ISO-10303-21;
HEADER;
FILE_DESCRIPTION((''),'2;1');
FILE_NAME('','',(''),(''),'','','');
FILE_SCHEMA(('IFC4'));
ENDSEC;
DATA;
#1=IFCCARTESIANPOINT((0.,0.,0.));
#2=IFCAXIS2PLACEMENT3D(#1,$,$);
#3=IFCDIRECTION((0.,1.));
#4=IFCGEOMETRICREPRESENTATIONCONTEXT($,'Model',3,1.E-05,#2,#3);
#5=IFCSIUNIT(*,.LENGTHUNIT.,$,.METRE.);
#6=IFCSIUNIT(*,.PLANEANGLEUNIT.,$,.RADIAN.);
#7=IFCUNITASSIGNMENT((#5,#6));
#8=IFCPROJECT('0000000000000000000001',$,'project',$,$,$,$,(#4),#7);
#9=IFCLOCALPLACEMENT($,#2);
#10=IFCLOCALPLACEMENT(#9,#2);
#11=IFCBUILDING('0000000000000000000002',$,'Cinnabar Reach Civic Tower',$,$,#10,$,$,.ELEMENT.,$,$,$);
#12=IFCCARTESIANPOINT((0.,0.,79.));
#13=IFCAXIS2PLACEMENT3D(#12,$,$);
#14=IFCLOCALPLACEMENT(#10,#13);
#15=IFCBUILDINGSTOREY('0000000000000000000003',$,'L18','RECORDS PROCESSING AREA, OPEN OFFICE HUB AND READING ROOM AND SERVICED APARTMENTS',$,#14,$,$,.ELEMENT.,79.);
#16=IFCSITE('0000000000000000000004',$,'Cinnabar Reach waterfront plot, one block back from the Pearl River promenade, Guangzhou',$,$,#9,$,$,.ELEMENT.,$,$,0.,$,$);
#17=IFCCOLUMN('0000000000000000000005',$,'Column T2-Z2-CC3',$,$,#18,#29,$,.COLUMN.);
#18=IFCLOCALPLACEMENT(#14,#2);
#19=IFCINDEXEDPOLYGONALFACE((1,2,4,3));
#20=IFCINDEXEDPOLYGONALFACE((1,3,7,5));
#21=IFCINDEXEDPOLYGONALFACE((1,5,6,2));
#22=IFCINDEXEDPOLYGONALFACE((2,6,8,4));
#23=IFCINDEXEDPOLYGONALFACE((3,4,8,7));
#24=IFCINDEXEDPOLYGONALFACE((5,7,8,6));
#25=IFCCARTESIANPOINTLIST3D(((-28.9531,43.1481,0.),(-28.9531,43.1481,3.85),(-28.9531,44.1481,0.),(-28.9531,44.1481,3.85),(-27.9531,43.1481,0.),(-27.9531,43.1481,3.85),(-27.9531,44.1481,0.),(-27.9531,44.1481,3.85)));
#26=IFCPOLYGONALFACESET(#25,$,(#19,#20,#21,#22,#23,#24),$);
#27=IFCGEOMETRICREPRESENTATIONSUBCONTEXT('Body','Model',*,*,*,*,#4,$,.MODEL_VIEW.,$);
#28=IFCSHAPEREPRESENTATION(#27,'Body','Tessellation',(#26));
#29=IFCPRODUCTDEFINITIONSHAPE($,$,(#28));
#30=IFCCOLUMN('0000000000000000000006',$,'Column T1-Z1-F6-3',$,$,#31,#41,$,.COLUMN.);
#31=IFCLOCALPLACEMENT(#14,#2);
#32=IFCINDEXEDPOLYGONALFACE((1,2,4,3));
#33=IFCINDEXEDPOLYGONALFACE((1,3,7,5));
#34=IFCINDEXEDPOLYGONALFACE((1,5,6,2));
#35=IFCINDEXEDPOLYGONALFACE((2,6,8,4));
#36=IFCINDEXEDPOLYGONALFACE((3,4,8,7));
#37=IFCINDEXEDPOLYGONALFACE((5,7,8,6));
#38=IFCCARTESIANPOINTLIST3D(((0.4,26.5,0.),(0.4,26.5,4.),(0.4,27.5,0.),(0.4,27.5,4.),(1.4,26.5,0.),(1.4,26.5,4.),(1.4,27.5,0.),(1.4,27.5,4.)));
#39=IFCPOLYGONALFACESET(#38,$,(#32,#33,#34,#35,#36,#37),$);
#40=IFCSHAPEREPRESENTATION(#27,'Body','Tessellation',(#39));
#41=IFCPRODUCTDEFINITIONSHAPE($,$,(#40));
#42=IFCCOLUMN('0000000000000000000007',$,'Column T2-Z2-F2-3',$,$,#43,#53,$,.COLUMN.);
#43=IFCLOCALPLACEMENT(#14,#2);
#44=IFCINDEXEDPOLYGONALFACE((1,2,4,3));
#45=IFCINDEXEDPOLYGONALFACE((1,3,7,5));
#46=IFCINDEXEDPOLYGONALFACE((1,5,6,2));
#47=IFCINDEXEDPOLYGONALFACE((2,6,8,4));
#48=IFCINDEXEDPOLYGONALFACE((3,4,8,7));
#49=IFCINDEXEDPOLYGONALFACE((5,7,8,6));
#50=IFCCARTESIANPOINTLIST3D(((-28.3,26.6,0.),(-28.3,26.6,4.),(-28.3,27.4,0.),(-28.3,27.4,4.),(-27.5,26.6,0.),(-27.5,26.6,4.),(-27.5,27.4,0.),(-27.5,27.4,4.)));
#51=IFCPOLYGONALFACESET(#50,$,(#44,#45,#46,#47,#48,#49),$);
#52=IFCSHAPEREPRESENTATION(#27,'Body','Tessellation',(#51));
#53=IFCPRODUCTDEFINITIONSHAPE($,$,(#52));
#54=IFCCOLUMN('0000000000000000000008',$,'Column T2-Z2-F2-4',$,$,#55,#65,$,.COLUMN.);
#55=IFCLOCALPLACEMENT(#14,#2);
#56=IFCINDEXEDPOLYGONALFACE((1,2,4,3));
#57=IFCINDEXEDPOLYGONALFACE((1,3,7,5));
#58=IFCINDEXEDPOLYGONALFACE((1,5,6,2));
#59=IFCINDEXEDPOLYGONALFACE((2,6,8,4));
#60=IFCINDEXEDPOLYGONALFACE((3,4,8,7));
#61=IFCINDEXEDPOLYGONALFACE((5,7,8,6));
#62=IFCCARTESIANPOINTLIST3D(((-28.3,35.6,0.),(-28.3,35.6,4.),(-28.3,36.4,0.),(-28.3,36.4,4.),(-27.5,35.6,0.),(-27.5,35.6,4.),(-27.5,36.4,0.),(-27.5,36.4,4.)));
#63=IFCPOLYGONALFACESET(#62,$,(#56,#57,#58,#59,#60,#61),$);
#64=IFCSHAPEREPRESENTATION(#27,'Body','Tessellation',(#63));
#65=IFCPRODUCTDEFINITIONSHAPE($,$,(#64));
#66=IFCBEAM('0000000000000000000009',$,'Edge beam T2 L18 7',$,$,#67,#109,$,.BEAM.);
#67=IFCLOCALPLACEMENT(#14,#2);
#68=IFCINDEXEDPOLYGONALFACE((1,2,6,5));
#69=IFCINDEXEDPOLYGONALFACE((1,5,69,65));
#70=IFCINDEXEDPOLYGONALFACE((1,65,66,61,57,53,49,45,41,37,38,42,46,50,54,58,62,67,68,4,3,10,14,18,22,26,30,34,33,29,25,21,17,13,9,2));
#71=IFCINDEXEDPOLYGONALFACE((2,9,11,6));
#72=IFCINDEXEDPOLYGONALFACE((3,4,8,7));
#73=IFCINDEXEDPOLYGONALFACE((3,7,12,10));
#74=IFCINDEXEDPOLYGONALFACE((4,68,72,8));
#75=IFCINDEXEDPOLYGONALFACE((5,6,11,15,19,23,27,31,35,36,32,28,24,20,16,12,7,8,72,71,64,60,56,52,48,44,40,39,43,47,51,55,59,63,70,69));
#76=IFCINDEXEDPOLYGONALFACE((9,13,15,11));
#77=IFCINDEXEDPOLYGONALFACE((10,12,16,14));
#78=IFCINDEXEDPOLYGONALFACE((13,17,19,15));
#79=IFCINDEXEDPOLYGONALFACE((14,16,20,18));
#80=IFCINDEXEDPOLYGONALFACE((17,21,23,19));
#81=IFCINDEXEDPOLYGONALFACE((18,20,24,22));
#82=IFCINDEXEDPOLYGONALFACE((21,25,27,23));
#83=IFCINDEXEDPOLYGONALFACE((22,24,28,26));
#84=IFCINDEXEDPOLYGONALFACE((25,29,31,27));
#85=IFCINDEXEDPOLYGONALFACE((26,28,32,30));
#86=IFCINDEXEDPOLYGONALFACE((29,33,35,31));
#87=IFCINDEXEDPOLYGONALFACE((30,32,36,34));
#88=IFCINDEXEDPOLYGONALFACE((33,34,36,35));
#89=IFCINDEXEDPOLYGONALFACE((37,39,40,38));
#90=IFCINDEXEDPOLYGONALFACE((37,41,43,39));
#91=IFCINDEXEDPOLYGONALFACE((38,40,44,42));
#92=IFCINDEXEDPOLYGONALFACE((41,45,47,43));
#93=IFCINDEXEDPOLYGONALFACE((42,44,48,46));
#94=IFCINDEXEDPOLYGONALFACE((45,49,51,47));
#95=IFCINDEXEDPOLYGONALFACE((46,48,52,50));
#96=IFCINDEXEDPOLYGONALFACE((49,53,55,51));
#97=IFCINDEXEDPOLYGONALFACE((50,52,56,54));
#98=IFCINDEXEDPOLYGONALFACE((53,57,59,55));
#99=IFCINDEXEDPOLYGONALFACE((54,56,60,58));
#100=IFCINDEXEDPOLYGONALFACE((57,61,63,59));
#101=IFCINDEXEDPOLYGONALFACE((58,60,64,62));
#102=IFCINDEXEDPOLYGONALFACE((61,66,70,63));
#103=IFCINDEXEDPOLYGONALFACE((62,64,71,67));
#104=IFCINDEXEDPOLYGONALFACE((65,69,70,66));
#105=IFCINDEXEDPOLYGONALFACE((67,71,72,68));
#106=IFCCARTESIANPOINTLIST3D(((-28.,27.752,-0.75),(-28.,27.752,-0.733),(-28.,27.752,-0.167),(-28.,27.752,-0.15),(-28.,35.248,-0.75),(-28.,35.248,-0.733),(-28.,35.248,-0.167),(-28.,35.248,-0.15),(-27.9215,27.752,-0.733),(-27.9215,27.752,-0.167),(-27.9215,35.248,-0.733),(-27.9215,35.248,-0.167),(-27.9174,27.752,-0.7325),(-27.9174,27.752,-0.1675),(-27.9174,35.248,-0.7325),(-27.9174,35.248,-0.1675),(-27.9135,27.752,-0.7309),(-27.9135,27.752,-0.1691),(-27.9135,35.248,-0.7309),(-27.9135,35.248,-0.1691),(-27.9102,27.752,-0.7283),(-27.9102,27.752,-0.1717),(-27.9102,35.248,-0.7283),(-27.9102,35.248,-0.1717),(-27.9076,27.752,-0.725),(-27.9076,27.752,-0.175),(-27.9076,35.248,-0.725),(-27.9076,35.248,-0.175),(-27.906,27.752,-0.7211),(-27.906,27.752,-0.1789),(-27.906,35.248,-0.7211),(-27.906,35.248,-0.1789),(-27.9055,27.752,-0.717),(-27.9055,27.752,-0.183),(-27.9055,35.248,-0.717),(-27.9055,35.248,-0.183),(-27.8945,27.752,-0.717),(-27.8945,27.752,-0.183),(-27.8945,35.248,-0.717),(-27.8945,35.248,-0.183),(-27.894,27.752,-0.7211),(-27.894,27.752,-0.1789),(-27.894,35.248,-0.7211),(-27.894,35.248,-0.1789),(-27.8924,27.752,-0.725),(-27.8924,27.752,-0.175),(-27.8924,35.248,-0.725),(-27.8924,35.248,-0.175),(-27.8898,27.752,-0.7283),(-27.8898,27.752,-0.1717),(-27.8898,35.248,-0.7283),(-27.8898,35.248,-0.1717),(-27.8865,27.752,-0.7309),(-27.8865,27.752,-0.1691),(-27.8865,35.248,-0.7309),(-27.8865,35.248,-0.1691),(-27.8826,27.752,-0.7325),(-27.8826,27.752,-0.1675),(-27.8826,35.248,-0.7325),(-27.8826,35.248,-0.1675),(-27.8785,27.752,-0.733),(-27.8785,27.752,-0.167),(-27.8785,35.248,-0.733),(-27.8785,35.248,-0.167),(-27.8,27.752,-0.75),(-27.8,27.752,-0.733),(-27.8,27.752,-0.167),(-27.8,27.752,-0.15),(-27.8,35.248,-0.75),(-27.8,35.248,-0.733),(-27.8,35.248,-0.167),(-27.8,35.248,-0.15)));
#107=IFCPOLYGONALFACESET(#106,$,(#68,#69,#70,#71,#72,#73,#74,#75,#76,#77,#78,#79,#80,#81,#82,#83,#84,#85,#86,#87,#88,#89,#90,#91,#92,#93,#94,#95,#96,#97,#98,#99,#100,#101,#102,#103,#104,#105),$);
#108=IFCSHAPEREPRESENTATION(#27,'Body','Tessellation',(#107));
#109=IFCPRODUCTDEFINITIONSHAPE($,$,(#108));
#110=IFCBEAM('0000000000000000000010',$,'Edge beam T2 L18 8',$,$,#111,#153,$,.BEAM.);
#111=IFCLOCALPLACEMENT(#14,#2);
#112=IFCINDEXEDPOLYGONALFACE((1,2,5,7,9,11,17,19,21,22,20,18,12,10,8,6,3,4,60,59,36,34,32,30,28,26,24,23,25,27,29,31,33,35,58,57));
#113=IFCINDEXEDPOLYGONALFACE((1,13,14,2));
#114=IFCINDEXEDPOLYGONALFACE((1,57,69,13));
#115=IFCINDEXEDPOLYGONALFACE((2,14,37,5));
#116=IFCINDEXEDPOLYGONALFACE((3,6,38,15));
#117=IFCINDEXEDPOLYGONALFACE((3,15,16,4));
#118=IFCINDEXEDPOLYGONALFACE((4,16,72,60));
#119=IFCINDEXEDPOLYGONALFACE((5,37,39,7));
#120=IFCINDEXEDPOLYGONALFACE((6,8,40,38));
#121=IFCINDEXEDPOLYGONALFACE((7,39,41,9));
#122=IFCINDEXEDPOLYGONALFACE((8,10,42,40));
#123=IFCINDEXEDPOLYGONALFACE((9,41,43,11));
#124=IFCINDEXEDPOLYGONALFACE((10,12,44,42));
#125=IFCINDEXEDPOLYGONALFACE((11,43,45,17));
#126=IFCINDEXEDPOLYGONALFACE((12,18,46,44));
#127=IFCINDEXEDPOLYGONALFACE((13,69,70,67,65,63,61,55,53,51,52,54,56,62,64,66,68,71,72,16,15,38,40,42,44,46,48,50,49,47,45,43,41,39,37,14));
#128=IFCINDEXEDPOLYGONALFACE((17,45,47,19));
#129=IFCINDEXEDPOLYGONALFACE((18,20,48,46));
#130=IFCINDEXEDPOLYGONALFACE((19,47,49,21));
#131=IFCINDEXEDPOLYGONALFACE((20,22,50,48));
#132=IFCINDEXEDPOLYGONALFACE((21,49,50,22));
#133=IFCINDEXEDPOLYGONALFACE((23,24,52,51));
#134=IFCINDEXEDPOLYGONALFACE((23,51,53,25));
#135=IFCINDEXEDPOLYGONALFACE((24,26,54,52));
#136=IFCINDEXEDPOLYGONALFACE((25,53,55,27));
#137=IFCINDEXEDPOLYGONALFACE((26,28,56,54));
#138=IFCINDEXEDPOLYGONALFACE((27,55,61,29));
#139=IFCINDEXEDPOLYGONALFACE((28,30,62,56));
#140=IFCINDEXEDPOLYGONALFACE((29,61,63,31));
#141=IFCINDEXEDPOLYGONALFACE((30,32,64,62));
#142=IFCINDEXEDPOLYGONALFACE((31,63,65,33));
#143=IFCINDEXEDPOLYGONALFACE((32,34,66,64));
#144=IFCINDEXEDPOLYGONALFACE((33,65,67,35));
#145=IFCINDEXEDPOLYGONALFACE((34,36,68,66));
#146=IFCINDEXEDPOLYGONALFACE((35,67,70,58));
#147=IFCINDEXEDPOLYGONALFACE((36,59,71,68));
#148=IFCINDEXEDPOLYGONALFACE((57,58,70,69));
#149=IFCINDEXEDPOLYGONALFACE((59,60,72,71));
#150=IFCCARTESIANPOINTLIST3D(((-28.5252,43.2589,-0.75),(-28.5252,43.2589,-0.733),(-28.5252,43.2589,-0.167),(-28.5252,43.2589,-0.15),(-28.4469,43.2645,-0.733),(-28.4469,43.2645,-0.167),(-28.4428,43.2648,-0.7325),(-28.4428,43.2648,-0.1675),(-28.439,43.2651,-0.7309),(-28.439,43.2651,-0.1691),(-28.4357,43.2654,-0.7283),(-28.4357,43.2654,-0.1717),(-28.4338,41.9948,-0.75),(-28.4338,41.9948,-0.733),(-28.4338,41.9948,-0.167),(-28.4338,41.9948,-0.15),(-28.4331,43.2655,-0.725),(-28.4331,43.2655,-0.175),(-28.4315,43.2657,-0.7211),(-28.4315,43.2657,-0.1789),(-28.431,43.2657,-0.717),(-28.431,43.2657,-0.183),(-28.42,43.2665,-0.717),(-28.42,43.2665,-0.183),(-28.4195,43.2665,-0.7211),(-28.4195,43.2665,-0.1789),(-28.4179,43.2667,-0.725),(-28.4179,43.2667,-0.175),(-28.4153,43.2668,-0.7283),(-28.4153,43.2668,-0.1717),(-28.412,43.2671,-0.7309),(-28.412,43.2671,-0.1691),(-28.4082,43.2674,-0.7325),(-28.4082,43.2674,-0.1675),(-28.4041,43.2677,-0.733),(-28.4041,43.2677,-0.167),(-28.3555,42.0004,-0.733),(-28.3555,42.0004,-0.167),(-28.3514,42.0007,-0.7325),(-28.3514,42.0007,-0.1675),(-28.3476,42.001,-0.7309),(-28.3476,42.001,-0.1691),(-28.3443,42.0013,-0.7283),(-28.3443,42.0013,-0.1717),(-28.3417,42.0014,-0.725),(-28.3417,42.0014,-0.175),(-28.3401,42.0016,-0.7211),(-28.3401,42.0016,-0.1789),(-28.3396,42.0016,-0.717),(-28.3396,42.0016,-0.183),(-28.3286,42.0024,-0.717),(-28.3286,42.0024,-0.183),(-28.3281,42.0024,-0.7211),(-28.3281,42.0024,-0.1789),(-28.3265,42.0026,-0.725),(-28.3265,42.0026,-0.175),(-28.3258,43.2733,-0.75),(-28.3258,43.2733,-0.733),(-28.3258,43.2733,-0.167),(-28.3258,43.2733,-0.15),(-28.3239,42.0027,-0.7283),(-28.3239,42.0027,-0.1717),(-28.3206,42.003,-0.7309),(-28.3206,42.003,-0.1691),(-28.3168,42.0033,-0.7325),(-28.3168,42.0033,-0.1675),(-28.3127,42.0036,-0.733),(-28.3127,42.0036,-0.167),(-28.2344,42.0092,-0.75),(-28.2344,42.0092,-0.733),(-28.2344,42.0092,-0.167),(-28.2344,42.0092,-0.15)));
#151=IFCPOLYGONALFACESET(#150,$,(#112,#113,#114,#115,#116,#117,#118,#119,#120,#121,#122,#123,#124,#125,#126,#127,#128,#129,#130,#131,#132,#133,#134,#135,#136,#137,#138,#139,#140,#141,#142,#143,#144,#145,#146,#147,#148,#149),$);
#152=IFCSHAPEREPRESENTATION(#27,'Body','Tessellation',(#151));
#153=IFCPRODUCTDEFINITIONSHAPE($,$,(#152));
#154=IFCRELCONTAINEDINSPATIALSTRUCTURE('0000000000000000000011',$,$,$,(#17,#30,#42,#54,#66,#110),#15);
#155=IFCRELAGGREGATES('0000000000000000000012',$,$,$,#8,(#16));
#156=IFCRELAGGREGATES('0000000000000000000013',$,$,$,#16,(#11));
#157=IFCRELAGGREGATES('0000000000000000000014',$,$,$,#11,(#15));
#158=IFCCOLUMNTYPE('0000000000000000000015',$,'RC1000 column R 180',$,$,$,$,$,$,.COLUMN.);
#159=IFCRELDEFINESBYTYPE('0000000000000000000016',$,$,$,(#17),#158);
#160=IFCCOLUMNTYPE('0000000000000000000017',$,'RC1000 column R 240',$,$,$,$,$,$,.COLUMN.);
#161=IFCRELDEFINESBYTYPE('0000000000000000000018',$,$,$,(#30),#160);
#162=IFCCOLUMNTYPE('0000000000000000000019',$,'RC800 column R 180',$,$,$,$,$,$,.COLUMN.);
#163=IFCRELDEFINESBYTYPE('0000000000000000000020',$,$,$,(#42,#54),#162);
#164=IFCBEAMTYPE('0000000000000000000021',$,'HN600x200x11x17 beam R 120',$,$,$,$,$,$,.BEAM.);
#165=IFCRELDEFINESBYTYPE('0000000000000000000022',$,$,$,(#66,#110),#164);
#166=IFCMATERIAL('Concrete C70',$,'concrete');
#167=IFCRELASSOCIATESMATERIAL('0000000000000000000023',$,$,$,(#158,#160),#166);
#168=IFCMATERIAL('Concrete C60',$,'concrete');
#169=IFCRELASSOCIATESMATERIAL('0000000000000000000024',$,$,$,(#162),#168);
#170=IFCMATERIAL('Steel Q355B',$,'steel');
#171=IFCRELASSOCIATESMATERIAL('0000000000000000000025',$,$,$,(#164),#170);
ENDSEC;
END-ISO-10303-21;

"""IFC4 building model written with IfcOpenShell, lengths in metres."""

from ifc_helpers import new_model, si_unit, direction, frame, origin, origin_2d, place, context, subcontext, project, spatial, rectangle, i_section, extrude, material, material_profile, profile_set, type_object, element, save


model = new_model("IFC4")

# Units and contexts
model_context = context("Model", 3, precision=1e-05, world=origin(), true_north=direction((0.0, 1.0)))
body_context = subcontext(model_context, "Body", "Model", "MODEL_VIEW")
ifc_project = project(units=[si_unit("LENGTHUNIT", "METRE"), si_unit("PLANEANGLEUNIT", "RADIAN")], contexts=[model_context])

# Site, building, storey
site_placement = place(None, origin())
site = spatial("IfcSite", under=ifc_project, at=site_placement, Name="Cinnabar Reach waterfront plot, one block back from the Pearl River promenade, Guangzhou", CompositionType="ELEMENT", RefElevation=0.0)
building_placement = place(site_placement, origin())
building = spatial("IfcBuilding", under=site, at=building_placement, Name="Cinnabar Reach Civic Tower", CompositionType="ELEMENT")
storey_placement = place(building_placement, frame((0.0, 0.0, 79.0)))
storey = spatial("IfcBuildingStorey", under=building, at=storey_placement, Name="L18", Description="RECORDS PROCESSING AREA, OPEN OFFICE HUB AND READING ROOM AND SERVICED APARTMENTS", CompositionType="ELEMENT", Elevation=79.0)

# Columns
ifc_material_1 = material(Name="Concrete C70", Category="concrete")
ifc_material_profile_1 = material_profile(ifc_material_1, rectangle(XDim=1.0, YDim=1.0, at=origin_2d()), Name="RC1000")
ifc_profile_set_1 = profile_set([ifc_material_profile_1], Name="Concrete C70")
column_type_1 = type_object("IfcColumnType", Name="RC1000 column R 180", PredefinedType="COLUMN", material=ifc_profile_set_1)
column_1_placement = place(storey_placement, frame((-28.4531, 43.6481, 0.0), z_axis=(0.0, 0.0, 1.0), x_axis=(1.0, 0.0, 0.0)))
element("IfcColumn", 1, at=column_1_placement, inside=storey, type_object=column_type_1, Name="Column T2-Z2-CC3", PredefinedType="COLUMN", context=body_context, shape_type="SweptSolid", body=[
    extrude(rectangle(XDim=1.0, YDim=1.0, at=origin_2d()), origin(), (0.0, 0.0, 1.0), 3.85),
])
ifc_material_profile_2 = material_profile(ifc_material_1, rectangle(XDim=1.0, YDim=1.0, at=origin_2d()), Name="RC1000")
ifc_profile_set_2 = profile_set([ifc_material_profile_2], Name="Concrete C70")
column_type_2 = type_object("IfcColumnType", Name="RC1000 column R 240", PredefinedType="COLUMN", material=ifc_profile_set_2)
column_2_placement = place(storey_placement, frame((0.9, 27.0, 0.0), z_axis=(0.0, 0.0, 1.0), x_axis=(1.0, 0.0, 0.0)))
element("IfcColumn", 2, at=column_2_placement, inside=storey, type_object=column_type_2, Name="Column T1-Z1-F6-3", PredefinedType="COLUMN", context=body_context, shape_type="SweptSolid", body=[
    extrude(rectangle(XDim=1.0, YDim=1.0, at=origin_2d()), origin(), (0.0, 0.0, 1.0), 4.0),
])
ifc_material_2 = material(Name="Concrete C60", Category="concrete")
ifc_material_profile_3 = material_profile(ifc_material_2, rectangle(XDim=0.8, YDim=0.8, at=origin_2d()), Name="RC800")
ifc_profile_set_3 = profile_set([ifc_material_profile_3], Name="Concrete C60")
column_type_3 = type_object("IfcColumnType", Name="RC800 column R 180", PredefinedType="COLUMN", material=ifc_profile_set_3)
for number, where, z_axis, x_axis, name in (
    (3, (-27.9, 27.0, 0.0), (0.0, 0.0, 1.0), (1.0, 0.0, 0.0), "Column T2-Z2-F2-3"),
    (4, (-27.9, 36.0, 0.0), (0.0, 0.0, 1.0), (1.0, 0.0, 0.0), "Column T2-Z2-F2-4"),
):
    element("IfcColumn", number, at=place(storey_placement, frame(where, z_axis=z_axis, x_axis=x_axis)), inside=storey, type_object=column_type_3, Name=name, PredefinedType="COLUMN", context=body_context, shape_type="SweptSolid", body=[
        extrude(rectangle(XDim=0.8, YDim=0.8, at=origin_2d()), origin(), (0.0, 0.0, 1.0), 4.0),
    ])

# Beams
ifc_material_3 = material(Name="Steel Q355B", Category="steel")
ifc_material_profile_4 = material_profile(ifc_material_3, i_section(OverallWidth=0.2, OverallDepth=0.6, WebThickness=0.011, FlangeThickness=0.017, FilletRadius=0.016, at=origin_2d()), Name="HN600x200x11x17")
ifc_profile_set_4 = profile_set([ifc_material_profile_4], Name="Steel Q355B")
beam_type = type_object("IfcBeamType", Name="HN600x200x11x17 beam R 120", PredefinedType="BEAM", material=ifc_profile_set_4)
beam_1_placement = place(storey_placement, frame((-27.9, 27.752, -0.45), z_axis=(0.0, 1.0, 0.0), x_axis=(-1.0, 0.0, 0.0)))
element("IfcBeam", 5, at=beam_1_placement, inside=storey, type_object=beam_type, Name="Edge beam T2 L18 7", PredefinedType="BEAM", context=body_context, shape_type="SweptSolid", body=[
    extrude(i_section(OverallWidth=0.2, OverallDepth=0.6, WebThickness=0.011, FlangeThickness=0.017, FilletRadius=0.016, at=origin_2d()), origin(), (0.0, 0.0, 1.0), 7.496),
])
beam_2_placement = place(storey_placement, frame((-28.3341, 42.002, -0.45), z_axis=(-0.072116, 0.997396, 0.0), x_axis=(-0.997396, -0.072116, 0.0)))
element("IfcBeam", 6, at=beam_2_placement, inside=storey, type_object=beam_type, Name="Edge beam T2 L18 8", PredefinedType="BEAM", context=body_context, shape_type="SweptSolid", body=[
    extrude(i_section(OverallWidth=0.2, OverallDepth=0.6, WebThickness=0.011, FlangeThickness=0.017, FilletRadius=0.016, at=origin_2d()), origin(), (0.0, 0.0, 1.0), 1.2674),
])

save(model, "model.ifc")
